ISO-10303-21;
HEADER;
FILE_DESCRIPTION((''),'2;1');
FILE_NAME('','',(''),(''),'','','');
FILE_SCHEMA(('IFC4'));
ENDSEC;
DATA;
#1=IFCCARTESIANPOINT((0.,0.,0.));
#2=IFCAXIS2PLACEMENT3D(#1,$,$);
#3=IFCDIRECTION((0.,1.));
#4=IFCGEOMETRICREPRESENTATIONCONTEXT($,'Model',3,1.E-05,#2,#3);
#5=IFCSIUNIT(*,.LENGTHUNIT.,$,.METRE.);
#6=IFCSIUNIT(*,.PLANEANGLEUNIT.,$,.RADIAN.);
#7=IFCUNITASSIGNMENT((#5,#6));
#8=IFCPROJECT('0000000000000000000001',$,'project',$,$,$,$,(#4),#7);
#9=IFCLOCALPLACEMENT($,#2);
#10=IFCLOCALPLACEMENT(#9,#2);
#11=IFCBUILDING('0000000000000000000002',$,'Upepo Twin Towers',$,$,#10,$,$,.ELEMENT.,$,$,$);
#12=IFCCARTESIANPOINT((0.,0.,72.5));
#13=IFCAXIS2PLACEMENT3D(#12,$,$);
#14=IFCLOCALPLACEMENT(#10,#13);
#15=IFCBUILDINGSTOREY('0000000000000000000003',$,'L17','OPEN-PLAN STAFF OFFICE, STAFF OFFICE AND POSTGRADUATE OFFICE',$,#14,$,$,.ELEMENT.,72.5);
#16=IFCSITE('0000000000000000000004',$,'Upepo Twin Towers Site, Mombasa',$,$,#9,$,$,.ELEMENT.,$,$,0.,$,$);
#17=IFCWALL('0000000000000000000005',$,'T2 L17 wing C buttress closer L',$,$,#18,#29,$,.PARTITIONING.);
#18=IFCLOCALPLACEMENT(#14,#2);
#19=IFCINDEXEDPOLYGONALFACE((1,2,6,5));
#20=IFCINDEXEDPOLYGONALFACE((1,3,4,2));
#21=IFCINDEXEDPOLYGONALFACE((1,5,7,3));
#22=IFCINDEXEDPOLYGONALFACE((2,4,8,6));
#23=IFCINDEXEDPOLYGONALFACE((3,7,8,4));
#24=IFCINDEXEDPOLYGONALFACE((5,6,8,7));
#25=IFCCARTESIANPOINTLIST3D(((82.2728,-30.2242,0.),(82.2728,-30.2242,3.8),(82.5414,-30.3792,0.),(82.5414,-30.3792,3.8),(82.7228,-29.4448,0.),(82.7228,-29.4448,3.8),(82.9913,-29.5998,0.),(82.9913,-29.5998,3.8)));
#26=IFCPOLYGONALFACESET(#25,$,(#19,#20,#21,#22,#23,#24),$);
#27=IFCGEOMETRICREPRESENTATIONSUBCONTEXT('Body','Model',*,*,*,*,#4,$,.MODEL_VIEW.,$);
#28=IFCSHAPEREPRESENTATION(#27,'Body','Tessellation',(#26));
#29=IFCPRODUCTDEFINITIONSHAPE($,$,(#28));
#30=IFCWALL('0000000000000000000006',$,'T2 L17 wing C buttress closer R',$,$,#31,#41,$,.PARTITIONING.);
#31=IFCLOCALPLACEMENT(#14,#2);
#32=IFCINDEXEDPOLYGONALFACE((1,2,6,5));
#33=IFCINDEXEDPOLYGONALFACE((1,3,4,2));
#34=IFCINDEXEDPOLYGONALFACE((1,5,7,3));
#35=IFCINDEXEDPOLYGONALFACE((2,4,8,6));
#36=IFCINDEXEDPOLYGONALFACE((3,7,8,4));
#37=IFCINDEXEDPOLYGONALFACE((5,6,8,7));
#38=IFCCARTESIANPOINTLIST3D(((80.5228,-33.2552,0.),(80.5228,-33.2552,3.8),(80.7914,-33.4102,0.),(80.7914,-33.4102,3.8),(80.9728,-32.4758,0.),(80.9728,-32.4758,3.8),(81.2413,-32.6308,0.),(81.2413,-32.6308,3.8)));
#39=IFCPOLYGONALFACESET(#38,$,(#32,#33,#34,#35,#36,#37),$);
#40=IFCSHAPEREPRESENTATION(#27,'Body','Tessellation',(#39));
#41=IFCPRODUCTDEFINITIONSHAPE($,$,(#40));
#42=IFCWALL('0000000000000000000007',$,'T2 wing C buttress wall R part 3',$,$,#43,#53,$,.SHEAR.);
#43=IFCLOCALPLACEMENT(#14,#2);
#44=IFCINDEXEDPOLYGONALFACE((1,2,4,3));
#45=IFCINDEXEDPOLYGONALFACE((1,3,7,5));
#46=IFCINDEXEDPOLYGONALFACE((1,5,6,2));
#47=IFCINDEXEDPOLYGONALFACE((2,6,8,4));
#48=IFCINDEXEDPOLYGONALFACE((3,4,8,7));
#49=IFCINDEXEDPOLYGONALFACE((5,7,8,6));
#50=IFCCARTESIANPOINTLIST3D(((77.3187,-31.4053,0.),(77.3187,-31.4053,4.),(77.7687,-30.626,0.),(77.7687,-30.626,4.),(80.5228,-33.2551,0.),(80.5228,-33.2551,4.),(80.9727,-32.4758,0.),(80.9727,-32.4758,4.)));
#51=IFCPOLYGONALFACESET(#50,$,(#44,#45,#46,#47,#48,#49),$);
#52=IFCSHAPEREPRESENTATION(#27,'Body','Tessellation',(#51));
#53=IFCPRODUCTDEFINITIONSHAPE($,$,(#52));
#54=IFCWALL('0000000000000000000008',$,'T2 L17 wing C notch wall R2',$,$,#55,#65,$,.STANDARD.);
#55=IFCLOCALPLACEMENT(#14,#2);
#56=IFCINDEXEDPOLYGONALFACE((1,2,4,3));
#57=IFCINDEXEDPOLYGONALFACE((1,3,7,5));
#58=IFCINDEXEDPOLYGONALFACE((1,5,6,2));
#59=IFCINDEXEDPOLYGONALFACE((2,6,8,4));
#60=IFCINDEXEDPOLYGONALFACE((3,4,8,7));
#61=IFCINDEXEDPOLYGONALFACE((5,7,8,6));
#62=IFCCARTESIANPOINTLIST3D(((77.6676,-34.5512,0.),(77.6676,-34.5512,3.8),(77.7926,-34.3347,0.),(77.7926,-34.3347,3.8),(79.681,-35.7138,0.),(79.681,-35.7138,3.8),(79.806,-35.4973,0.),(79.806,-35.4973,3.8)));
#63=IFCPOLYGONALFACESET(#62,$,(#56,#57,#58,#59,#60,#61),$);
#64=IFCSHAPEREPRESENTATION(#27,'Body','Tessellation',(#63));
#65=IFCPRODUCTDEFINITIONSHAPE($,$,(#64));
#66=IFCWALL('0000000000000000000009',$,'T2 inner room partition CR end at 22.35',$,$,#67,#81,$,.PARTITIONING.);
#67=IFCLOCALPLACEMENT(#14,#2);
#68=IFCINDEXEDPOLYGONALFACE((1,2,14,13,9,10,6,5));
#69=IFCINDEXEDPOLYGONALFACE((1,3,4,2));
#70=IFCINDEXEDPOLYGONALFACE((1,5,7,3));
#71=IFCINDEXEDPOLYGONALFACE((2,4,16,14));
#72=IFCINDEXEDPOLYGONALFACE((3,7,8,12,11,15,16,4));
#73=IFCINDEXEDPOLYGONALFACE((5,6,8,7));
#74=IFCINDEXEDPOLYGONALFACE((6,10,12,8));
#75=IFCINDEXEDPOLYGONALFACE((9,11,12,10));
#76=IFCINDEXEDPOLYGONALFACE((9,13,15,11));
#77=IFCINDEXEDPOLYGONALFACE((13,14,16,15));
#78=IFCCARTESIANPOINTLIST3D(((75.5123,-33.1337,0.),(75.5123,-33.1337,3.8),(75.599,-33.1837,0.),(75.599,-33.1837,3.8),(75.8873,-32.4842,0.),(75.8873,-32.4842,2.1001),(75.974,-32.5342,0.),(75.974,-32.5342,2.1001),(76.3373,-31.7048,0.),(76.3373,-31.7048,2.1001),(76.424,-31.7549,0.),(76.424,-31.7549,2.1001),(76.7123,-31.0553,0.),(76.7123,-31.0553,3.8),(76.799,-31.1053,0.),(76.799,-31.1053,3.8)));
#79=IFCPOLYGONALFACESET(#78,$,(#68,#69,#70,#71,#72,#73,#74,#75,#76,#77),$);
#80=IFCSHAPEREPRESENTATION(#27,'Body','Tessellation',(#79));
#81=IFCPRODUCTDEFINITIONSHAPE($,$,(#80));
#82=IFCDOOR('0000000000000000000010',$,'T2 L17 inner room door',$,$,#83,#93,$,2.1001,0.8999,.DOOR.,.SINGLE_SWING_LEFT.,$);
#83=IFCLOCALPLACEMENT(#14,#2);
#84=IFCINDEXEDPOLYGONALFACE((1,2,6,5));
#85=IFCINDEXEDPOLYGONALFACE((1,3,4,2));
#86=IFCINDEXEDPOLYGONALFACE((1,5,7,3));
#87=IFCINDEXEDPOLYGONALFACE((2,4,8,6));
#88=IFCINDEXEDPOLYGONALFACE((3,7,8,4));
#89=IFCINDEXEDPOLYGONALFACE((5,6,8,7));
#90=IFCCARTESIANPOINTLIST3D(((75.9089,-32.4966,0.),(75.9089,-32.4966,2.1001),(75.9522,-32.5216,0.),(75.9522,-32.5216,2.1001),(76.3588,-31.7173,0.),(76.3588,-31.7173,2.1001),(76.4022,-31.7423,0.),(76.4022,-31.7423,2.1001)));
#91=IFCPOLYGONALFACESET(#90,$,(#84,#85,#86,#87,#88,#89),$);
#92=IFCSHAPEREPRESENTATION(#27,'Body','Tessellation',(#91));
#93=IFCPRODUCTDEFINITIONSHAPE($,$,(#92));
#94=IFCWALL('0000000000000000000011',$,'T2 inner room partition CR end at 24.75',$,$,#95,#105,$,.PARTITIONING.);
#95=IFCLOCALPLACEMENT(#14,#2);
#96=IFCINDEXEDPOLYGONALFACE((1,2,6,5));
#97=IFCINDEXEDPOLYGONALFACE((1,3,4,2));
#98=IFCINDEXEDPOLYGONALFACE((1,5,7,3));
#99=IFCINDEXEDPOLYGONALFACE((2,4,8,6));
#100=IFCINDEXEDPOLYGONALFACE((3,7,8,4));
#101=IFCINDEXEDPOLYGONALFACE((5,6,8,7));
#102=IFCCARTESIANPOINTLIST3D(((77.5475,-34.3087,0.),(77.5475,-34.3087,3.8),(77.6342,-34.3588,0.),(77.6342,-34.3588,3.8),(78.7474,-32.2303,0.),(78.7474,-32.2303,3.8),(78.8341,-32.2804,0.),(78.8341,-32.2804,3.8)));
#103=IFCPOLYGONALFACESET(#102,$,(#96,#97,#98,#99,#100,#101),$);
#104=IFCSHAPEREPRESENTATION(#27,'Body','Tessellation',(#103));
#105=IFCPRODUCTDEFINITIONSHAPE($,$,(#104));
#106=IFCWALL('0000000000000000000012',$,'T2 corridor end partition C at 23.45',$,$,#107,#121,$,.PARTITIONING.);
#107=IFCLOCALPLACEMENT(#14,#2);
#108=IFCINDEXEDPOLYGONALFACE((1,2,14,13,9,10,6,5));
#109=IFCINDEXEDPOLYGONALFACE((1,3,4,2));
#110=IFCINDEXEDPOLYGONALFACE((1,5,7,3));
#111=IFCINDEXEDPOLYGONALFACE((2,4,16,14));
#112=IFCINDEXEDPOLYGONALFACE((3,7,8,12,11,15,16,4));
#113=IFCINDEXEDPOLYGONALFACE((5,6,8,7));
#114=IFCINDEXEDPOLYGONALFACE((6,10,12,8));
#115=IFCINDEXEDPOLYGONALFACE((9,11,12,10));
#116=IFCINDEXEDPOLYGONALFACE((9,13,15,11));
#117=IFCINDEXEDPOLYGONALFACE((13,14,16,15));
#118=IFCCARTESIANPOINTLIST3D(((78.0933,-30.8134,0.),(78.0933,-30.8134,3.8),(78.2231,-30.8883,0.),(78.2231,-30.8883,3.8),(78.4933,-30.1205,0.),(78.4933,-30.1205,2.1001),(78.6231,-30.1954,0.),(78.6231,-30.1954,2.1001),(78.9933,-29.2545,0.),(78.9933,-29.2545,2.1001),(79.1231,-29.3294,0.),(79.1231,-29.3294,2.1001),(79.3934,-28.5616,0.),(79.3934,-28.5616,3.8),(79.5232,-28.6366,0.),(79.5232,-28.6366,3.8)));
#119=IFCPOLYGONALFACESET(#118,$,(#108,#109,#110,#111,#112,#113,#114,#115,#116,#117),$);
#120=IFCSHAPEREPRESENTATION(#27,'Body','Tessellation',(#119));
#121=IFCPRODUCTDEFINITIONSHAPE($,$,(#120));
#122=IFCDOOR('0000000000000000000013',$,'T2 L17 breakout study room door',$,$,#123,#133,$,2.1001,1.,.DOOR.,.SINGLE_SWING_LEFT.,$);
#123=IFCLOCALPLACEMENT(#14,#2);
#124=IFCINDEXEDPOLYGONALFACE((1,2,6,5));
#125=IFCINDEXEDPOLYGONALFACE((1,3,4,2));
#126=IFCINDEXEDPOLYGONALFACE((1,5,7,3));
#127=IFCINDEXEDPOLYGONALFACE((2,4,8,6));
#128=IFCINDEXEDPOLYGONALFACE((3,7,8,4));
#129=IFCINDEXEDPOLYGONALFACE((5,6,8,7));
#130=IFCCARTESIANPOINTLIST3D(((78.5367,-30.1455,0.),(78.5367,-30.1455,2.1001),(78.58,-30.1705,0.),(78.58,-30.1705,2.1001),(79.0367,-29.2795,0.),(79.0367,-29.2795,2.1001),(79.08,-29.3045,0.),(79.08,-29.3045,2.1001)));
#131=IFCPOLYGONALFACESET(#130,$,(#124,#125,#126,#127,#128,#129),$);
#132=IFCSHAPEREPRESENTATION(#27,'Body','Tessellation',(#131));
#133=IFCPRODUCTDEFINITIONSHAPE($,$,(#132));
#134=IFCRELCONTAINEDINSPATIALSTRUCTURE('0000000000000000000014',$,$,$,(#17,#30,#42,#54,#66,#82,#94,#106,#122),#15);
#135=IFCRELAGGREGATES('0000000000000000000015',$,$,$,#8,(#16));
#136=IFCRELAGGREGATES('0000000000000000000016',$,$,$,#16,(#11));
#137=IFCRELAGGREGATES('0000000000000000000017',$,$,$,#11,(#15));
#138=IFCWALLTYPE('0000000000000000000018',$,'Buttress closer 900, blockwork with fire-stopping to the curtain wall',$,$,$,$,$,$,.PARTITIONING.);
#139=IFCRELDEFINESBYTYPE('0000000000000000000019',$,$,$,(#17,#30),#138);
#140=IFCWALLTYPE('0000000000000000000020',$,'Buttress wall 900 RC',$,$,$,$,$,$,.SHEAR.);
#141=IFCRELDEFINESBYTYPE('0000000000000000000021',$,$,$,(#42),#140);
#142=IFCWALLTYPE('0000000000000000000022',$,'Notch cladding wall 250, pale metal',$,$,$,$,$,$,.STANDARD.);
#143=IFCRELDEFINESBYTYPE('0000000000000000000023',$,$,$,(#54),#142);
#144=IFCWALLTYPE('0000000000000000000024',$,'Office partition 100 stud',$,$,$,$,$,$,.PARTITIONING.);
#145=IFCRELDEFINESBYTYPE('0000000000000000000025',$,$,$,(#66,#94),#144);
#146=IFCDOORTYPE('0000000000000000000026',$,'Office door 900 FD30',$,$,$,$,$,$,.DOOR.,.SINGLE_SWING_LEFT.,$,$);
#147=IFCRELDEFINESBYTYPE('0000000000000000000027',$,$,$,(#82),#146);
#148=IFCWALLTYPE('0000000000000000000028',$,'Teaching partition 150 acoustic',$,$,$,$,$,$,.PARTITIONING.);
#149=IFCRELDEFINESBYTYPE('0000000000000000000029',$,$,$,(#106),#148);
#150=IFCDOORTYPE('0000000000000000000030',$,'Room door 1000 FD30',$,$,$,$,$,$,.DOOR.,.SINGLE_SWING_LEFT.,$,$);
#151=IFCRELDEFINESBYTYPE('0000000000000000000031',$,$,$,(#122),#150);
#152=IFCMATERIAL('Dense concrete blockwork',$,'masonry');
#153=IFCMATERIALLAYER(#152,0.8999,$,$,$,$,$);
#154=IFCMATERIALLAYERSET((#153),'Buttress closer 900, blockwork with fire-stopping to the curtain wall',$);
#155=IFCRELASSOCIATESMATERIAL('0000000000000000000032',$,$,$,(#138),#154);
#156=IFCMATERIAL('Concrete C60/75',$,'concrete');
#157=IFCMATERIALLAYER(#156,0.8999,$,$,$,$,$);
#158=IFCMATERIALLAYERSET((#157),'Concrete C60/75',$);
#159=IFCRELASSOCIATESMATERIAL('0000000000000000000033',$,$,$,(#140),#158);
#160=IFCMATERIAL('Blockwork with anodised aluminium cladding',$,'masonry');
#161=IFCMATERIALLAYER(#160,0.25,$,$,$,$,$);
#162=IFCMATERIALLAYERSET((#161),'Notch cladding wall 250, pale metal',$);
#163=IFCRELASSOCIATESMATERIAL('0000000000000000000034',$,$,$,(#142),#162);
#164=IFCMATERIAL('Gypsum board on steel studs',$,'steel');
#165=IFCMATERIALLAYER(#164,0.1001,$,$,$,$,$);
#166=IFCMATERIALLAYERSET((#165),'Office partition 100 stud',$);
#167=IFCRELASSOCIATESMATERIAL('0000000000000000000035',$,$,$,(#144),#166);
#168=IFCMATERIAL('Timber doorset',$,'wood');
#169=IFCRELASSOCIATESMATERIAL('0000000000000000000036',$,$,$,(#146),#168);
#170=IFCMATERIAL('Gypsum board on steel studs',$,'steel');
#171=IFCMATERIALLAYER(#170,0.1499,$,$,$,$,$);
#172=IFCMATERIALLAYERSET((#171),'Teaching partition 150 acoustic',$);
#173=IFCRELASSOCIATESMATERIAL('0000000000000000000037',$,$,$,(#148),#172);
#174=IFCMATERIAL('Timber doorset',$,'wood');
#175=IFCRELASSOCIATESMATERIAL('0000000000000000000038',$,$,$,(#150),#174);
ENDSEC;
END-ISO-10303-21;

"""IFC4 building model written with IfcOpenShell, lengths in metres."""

from ifc_helpers import new_model, si_unit, direction, frame, frame_2d, origin, place, context, subcontext, project, spatial, rectangle, extrude, material, layer, layer_set, type_object, element, fill, save


model = new_model("IFC4")

# Units and contexts
model_context = context("Model", 3, precision=1e-05, world=origin(), true_north=direction((0.0, 1.0)))
body_context = subcontext(model_context, "Body", "Model", "MODEL_VIEW")
ifc_project = project(units=[si_unit("LENGTHUNIT", "METRE"), si_unit("PLANEANGLEUNIT", "RADIAN")], contexts=[model_context])

# Site, building, storey
site_placement = place(None, origin())
site = spatial("IfcSite", under=ifc_project, at=site_placement, Name="Upepo Twin Towers Site, Mombasa", CompositionType="ELEMENT", RefElevation=0.0)
building_placement = place(site_placement, origin())
building = spatial("IfcBuilding", under=site, at=building_placement, Name="Upepo Twin Towers", CompositionType="ELEMENT")
storey_placement = place(building_placement, frame((0.0, 0.0, 72.5)))
storey = spatial("IfcBuildingStorey", under=building, at=storey_placement, Name="L17", Description="OPEN-PLAN STAFF OFFICE, STAFF OFFICE AND POSTGRADUATE OFFICE", CompositionType="ELEMENT", Elevation=72.5)

# Walls
ifc_material_1 = material(Name="Dense concrete blockwork", Category="masonry")
ifc_layer_1 = layer(ifc_material_1, 0.8999)
ifc_layer_set_1 = layer_set([ifc_layer_1], Name="Buttress closer 900, blockwork with fire-stopping to the curtain wall")
wall_type_1 = type_object("IfcWallType", Name="Buttress closer 900, blockwork with fire-stopping to the curtain wall", PredefinedType="PARTITIONING", material=ifc_layer_set_1)
for number, where, z_axis, x_axis, name in (
    (1, (82.4978, -29.8345, 0.0), (0.0, 0.0, 1.0), (0.866054, -0.49995, 0.0), "T2 L17 wing C buttress closer L"),
    (2, (80.7478, -32.8655, 0.0), (0.0, 0.0, 1.0), (0.866054, -0.49995, 0.0), "T2 L17 wing C buttress closer R"),
):
    element("IfcWall", number, at=place(storey_placement, frame(where, z_axis=z_axis, x_axis=x_axis)), inside=storey, type_object=wall_type_1, Name=name, PredefinedType="PARTITIONING", context=body_context, shape_type="SweptSolid", body=[
        extrude(rectangle(XDim=0.3101, YDim=0.8999, at=frame_2d((0.155, 0.0))), origin(), (0.0, 0.0, 1.0), 3.8),
    ])
ifc_material_2 = material(Name="Concrete C60/75", Category="concrete")
ifc_layer_2 = layer(ifc_material_2, 0.8999)
ifc_layer_set_2 = layer_set([ifc_layer_2], Name="Concrete C60/75")
wall_type_2 = type_object("IfcWallType", Name="Buttress wall 900 RC", PredefinedType="SHEAR", material=ifc_layer_set_2)
wall_1_placement = place(storey_placement, frame((77.5437, -31.0156, 0.0), z_axis=(0.0, 0.0, 1.0), x_axis=(0.86603, -0.499993, 0.0)))
element("IfcWall", 3, at=wall_1_placement, inside=storey, type_object=wall_type_2, Name="T2 wing C buttress wall R part 3", PredefinedType="SHEAR", context=body_context, shape_type="SweptSolid", body=[
    extrude(rectangle(XDim=3.6997, YDim=0.8999, at=frame_2d((1.8499, 0.0))), origin(), (0.0, 0.0, 1.0), 4.0),
])
ifc_material_3 = material(Name="Blockwork with anodised aluminium cladding", Category="masonry")
ifc_layer_3 = layer(ifc_material_3, 0.25)
ifc_layer_set_3 = layer_set([ifc_layer_3], Name="Notch cladding wall 250, pale metal")
wall_type_3 = type_object("IfcWallType", Name="Notch cladding wall 250, pale metal", PredefinedType="STANDARD", material=ifc_layer_set_3)
wall_2_placement = place(storey_placement, frame((77.73, -34.4429, 0.0), z_axis=(0.0, 0.0, 1.0), x_axis=(0.865998, -0.500047, 0.0)))
element("IfcWall", 4, at=wall_2_placement, inside=storey, type_object=wall_type_3, Name="T2 L17 wing C notch wall R2", PredefinedType="STANDARD", context=body_context, shape_type="SweptSolid", body=[
    extrude(rectangle(XDim=2.325, YDim=0.25, at=frame_2d((1.1626, 0.0))), origin(), (0.0, 0.0, 1.0), 3.8),
])

# Wall, opening, door
ifc_material_4 = material(Name="Gypsum board on steel studs", Category="steel")
ifc_layer_4 = layer(ifc_material_4, 0.1001)
ifc_layer_set_4 = layer_set([ifc_layer_4], Name="Office partition 100 stud")
wall_type_4 = type_object("IfcWallType", Name="Office partition 100 stud", PredefinedType="PARTITIONING", material=ifc_layer_set_4)
wall_3_placement = place(storey_placement, frame((76.7556, -31.0803, 0.0), z_axis=(0.0, 0.0, 1.0), x_axis=(-0.500001, -0.866025, 0.0)))
wall_3 = element("IfcWall", 5, at=wall_3_placement, inside=storey, type_object=wall_type_4, Name="T2 inner room partition CR end at 22.35", PredefinedType="PARTITIONING", context=body_context, shape_type="SweptSolid", body=[
    extrude(rectangle(XDim=2.3999, YDim=0.1001, at=frame_2d((1.2, 0.0))), origin(), (0.0, 0.0, 1.0), 3.8),
])
opening_1_placement = place(wall_3_placement, frame((0.75, 0.0, 0.0)))
opening_1 = element("IfcOpeningElement", 6, at=opening_1_placement, cuts=wall_3, PredefinedType="OPENING", context=body_context, shape_type="SweptSolid", body=[
    extrude(rectangle(XDim=0.8999, YDim=2.1001, at=frame_2d((0.45, 1.05))), frame((0.0, 0.0601, 0.0), z_axis=(0.0, -1.0, 0.0), x_axis=(1.0, 0.0, 0.0)), (0.0, 0.0, 1.0), 0.1201),
])
ifc_material_5 = material(Name="Timber doorset", Category="wood")
door_type_1 = type_object("IfcDoorType", Name="Office door 900 FD30", OperationType="SINGLE_SWING_LEFT", PredefinedType="DOOR", material=ifc_material_5)
door_1_placement = place(opening_1_placement, origin())
door_1 = element("IfcDoor", 7, at=door_1_placement, inside=storey, type_object=door_type_1, Name="T2 L17 inner room door", OperationType="SINGLE_SWING_LEFT", OverallHeight=2.1001, OverallWidth=0.8999, PredefinedType="DOOR", context=body_context, shape_type="SweptSolid", body=[
    extrude(rectangle(XDim=0.8999, YDim=2.1001, at=frame_2d((0.45, 1.05))), frame((0.0, 0.0249, 0.0), z_axis=(0.0, -1.0, 0.0), x_axis=(1.0, 0.0, 0.0)), (0.0, 0.0, 1.0), 0.05),
])
fill(opening_1, door_1)

# Wall
wall_4_placement = place(storey_placement, frame((78.7908, -32.2554, 0.0), z_axis=(0.0, 0.0, 1.0), x_axis=(-0.500001, -0.866025, 0.0)))
element("IfcWall", 8, at=wall_4_placement, inside=storey, type_object=wall_type_4, Name="T2 inner room partition CR end at 24.75", PredefinedType="PARTITIONING", context=body_context, shape_type="SweptSolid", body=[
    extrude(rectangle(XDim=2.3999, YDim=0.1001, at=frame_2d((1.2, 0.0))), origin(), (0.0, 0.0, 1.0), 3.8),
])

# Wall, opening, door
ifc_material_6 = material(Name="Gypsum board on steel studs", Category="steel")
ifc_layer_5 = layer(ifc_material_6, 0.1499)
ifc_layer_set_5 = layer_set([ifc_layer_5], Name="Teaching partition 150 acoustic")
wall_type_5 = type_object("IfcWallType", Name="Teaching partition 150 acoustic", PredefinedType="PARTITIONING", material=ifc_layer_set_5)
wall_5_placement = place(storey_placement, frame((78.1582, -30.8508, 0.0), z_axis=(0.0, 0.0, 1.0), x_axis=(0.500007, 0.866021, 0.0)))
wall_5 = element("IfcWall", 9, at=wall_5_placement, inside=storey, type_object=wall_type_5, Name="T2 corridor end partition C at 23.45", PredefinedType="PARTITIONING", context=body_context, shape_type="SweptSolid", body=[
    extrude(rectangle(XDim=2.6001, YDim=0.1499, at=frame_2d((1.3, 0.0))), origin(), (0.0, 0.0, 1.0), 3.8),
])
opening_2_placement = place(wall_5_placement, frame((0.8, 0.0, 0.0)))
opening_2 = element("IfcOpeningElement", 10, at=opening_2_placement, cuts=wall_5, PredefinedType="OPENING", context=body_context, shape_type="SweptSolid", body=[
    extrude(rectangle(XDim=1.0, YDim=2.1001, at=frame_2d((0.5, 1.05))), frame((0.0, 0.085, 0.0), z_axis=(0.0, -1.0, 0.0), x_axis=(1.0, 0.0, 0.0)), (0.0, 0.0, 1.0), 0.1699),
])
ifc_material_7 = material(Name="Timber doorset", Category="wood")
door_type_2 = type_object("IfcDoorType", Name="Room door 1000 FD30", OperationType="SINGLE_SWING_LEFT", PredefinedType="DOOR", material=ifc_material_7)
door_2_placement = place(opening_2_placement, origin())
door_2 = element("IfcDoor", 11, at=door_2_placement, inside=storey, type_object=door_type_2, Name="T2 L17 breakout study room door", OperationType="SINGLE_SWING_LEFT", OverallHeight=2.1001, OverallWidth=1.0, PredefinedType="DOOR", context=body_context, shape_type="SweptSolid", body=[
    extrude(rectangle(XDim=1.0, YDim=2.1001, at=frame_2d((0.5, 1.05))), frame((0.0, 0.0249, 0.0), z_axis=(0.0, -1.0, 0.0), x_axis=(1.0, 0.0, 0.0)), (0.0, 0.0, 1.0), 0.05),
])
fill(opening_2, door_2)

save(model, "model.ifc")
